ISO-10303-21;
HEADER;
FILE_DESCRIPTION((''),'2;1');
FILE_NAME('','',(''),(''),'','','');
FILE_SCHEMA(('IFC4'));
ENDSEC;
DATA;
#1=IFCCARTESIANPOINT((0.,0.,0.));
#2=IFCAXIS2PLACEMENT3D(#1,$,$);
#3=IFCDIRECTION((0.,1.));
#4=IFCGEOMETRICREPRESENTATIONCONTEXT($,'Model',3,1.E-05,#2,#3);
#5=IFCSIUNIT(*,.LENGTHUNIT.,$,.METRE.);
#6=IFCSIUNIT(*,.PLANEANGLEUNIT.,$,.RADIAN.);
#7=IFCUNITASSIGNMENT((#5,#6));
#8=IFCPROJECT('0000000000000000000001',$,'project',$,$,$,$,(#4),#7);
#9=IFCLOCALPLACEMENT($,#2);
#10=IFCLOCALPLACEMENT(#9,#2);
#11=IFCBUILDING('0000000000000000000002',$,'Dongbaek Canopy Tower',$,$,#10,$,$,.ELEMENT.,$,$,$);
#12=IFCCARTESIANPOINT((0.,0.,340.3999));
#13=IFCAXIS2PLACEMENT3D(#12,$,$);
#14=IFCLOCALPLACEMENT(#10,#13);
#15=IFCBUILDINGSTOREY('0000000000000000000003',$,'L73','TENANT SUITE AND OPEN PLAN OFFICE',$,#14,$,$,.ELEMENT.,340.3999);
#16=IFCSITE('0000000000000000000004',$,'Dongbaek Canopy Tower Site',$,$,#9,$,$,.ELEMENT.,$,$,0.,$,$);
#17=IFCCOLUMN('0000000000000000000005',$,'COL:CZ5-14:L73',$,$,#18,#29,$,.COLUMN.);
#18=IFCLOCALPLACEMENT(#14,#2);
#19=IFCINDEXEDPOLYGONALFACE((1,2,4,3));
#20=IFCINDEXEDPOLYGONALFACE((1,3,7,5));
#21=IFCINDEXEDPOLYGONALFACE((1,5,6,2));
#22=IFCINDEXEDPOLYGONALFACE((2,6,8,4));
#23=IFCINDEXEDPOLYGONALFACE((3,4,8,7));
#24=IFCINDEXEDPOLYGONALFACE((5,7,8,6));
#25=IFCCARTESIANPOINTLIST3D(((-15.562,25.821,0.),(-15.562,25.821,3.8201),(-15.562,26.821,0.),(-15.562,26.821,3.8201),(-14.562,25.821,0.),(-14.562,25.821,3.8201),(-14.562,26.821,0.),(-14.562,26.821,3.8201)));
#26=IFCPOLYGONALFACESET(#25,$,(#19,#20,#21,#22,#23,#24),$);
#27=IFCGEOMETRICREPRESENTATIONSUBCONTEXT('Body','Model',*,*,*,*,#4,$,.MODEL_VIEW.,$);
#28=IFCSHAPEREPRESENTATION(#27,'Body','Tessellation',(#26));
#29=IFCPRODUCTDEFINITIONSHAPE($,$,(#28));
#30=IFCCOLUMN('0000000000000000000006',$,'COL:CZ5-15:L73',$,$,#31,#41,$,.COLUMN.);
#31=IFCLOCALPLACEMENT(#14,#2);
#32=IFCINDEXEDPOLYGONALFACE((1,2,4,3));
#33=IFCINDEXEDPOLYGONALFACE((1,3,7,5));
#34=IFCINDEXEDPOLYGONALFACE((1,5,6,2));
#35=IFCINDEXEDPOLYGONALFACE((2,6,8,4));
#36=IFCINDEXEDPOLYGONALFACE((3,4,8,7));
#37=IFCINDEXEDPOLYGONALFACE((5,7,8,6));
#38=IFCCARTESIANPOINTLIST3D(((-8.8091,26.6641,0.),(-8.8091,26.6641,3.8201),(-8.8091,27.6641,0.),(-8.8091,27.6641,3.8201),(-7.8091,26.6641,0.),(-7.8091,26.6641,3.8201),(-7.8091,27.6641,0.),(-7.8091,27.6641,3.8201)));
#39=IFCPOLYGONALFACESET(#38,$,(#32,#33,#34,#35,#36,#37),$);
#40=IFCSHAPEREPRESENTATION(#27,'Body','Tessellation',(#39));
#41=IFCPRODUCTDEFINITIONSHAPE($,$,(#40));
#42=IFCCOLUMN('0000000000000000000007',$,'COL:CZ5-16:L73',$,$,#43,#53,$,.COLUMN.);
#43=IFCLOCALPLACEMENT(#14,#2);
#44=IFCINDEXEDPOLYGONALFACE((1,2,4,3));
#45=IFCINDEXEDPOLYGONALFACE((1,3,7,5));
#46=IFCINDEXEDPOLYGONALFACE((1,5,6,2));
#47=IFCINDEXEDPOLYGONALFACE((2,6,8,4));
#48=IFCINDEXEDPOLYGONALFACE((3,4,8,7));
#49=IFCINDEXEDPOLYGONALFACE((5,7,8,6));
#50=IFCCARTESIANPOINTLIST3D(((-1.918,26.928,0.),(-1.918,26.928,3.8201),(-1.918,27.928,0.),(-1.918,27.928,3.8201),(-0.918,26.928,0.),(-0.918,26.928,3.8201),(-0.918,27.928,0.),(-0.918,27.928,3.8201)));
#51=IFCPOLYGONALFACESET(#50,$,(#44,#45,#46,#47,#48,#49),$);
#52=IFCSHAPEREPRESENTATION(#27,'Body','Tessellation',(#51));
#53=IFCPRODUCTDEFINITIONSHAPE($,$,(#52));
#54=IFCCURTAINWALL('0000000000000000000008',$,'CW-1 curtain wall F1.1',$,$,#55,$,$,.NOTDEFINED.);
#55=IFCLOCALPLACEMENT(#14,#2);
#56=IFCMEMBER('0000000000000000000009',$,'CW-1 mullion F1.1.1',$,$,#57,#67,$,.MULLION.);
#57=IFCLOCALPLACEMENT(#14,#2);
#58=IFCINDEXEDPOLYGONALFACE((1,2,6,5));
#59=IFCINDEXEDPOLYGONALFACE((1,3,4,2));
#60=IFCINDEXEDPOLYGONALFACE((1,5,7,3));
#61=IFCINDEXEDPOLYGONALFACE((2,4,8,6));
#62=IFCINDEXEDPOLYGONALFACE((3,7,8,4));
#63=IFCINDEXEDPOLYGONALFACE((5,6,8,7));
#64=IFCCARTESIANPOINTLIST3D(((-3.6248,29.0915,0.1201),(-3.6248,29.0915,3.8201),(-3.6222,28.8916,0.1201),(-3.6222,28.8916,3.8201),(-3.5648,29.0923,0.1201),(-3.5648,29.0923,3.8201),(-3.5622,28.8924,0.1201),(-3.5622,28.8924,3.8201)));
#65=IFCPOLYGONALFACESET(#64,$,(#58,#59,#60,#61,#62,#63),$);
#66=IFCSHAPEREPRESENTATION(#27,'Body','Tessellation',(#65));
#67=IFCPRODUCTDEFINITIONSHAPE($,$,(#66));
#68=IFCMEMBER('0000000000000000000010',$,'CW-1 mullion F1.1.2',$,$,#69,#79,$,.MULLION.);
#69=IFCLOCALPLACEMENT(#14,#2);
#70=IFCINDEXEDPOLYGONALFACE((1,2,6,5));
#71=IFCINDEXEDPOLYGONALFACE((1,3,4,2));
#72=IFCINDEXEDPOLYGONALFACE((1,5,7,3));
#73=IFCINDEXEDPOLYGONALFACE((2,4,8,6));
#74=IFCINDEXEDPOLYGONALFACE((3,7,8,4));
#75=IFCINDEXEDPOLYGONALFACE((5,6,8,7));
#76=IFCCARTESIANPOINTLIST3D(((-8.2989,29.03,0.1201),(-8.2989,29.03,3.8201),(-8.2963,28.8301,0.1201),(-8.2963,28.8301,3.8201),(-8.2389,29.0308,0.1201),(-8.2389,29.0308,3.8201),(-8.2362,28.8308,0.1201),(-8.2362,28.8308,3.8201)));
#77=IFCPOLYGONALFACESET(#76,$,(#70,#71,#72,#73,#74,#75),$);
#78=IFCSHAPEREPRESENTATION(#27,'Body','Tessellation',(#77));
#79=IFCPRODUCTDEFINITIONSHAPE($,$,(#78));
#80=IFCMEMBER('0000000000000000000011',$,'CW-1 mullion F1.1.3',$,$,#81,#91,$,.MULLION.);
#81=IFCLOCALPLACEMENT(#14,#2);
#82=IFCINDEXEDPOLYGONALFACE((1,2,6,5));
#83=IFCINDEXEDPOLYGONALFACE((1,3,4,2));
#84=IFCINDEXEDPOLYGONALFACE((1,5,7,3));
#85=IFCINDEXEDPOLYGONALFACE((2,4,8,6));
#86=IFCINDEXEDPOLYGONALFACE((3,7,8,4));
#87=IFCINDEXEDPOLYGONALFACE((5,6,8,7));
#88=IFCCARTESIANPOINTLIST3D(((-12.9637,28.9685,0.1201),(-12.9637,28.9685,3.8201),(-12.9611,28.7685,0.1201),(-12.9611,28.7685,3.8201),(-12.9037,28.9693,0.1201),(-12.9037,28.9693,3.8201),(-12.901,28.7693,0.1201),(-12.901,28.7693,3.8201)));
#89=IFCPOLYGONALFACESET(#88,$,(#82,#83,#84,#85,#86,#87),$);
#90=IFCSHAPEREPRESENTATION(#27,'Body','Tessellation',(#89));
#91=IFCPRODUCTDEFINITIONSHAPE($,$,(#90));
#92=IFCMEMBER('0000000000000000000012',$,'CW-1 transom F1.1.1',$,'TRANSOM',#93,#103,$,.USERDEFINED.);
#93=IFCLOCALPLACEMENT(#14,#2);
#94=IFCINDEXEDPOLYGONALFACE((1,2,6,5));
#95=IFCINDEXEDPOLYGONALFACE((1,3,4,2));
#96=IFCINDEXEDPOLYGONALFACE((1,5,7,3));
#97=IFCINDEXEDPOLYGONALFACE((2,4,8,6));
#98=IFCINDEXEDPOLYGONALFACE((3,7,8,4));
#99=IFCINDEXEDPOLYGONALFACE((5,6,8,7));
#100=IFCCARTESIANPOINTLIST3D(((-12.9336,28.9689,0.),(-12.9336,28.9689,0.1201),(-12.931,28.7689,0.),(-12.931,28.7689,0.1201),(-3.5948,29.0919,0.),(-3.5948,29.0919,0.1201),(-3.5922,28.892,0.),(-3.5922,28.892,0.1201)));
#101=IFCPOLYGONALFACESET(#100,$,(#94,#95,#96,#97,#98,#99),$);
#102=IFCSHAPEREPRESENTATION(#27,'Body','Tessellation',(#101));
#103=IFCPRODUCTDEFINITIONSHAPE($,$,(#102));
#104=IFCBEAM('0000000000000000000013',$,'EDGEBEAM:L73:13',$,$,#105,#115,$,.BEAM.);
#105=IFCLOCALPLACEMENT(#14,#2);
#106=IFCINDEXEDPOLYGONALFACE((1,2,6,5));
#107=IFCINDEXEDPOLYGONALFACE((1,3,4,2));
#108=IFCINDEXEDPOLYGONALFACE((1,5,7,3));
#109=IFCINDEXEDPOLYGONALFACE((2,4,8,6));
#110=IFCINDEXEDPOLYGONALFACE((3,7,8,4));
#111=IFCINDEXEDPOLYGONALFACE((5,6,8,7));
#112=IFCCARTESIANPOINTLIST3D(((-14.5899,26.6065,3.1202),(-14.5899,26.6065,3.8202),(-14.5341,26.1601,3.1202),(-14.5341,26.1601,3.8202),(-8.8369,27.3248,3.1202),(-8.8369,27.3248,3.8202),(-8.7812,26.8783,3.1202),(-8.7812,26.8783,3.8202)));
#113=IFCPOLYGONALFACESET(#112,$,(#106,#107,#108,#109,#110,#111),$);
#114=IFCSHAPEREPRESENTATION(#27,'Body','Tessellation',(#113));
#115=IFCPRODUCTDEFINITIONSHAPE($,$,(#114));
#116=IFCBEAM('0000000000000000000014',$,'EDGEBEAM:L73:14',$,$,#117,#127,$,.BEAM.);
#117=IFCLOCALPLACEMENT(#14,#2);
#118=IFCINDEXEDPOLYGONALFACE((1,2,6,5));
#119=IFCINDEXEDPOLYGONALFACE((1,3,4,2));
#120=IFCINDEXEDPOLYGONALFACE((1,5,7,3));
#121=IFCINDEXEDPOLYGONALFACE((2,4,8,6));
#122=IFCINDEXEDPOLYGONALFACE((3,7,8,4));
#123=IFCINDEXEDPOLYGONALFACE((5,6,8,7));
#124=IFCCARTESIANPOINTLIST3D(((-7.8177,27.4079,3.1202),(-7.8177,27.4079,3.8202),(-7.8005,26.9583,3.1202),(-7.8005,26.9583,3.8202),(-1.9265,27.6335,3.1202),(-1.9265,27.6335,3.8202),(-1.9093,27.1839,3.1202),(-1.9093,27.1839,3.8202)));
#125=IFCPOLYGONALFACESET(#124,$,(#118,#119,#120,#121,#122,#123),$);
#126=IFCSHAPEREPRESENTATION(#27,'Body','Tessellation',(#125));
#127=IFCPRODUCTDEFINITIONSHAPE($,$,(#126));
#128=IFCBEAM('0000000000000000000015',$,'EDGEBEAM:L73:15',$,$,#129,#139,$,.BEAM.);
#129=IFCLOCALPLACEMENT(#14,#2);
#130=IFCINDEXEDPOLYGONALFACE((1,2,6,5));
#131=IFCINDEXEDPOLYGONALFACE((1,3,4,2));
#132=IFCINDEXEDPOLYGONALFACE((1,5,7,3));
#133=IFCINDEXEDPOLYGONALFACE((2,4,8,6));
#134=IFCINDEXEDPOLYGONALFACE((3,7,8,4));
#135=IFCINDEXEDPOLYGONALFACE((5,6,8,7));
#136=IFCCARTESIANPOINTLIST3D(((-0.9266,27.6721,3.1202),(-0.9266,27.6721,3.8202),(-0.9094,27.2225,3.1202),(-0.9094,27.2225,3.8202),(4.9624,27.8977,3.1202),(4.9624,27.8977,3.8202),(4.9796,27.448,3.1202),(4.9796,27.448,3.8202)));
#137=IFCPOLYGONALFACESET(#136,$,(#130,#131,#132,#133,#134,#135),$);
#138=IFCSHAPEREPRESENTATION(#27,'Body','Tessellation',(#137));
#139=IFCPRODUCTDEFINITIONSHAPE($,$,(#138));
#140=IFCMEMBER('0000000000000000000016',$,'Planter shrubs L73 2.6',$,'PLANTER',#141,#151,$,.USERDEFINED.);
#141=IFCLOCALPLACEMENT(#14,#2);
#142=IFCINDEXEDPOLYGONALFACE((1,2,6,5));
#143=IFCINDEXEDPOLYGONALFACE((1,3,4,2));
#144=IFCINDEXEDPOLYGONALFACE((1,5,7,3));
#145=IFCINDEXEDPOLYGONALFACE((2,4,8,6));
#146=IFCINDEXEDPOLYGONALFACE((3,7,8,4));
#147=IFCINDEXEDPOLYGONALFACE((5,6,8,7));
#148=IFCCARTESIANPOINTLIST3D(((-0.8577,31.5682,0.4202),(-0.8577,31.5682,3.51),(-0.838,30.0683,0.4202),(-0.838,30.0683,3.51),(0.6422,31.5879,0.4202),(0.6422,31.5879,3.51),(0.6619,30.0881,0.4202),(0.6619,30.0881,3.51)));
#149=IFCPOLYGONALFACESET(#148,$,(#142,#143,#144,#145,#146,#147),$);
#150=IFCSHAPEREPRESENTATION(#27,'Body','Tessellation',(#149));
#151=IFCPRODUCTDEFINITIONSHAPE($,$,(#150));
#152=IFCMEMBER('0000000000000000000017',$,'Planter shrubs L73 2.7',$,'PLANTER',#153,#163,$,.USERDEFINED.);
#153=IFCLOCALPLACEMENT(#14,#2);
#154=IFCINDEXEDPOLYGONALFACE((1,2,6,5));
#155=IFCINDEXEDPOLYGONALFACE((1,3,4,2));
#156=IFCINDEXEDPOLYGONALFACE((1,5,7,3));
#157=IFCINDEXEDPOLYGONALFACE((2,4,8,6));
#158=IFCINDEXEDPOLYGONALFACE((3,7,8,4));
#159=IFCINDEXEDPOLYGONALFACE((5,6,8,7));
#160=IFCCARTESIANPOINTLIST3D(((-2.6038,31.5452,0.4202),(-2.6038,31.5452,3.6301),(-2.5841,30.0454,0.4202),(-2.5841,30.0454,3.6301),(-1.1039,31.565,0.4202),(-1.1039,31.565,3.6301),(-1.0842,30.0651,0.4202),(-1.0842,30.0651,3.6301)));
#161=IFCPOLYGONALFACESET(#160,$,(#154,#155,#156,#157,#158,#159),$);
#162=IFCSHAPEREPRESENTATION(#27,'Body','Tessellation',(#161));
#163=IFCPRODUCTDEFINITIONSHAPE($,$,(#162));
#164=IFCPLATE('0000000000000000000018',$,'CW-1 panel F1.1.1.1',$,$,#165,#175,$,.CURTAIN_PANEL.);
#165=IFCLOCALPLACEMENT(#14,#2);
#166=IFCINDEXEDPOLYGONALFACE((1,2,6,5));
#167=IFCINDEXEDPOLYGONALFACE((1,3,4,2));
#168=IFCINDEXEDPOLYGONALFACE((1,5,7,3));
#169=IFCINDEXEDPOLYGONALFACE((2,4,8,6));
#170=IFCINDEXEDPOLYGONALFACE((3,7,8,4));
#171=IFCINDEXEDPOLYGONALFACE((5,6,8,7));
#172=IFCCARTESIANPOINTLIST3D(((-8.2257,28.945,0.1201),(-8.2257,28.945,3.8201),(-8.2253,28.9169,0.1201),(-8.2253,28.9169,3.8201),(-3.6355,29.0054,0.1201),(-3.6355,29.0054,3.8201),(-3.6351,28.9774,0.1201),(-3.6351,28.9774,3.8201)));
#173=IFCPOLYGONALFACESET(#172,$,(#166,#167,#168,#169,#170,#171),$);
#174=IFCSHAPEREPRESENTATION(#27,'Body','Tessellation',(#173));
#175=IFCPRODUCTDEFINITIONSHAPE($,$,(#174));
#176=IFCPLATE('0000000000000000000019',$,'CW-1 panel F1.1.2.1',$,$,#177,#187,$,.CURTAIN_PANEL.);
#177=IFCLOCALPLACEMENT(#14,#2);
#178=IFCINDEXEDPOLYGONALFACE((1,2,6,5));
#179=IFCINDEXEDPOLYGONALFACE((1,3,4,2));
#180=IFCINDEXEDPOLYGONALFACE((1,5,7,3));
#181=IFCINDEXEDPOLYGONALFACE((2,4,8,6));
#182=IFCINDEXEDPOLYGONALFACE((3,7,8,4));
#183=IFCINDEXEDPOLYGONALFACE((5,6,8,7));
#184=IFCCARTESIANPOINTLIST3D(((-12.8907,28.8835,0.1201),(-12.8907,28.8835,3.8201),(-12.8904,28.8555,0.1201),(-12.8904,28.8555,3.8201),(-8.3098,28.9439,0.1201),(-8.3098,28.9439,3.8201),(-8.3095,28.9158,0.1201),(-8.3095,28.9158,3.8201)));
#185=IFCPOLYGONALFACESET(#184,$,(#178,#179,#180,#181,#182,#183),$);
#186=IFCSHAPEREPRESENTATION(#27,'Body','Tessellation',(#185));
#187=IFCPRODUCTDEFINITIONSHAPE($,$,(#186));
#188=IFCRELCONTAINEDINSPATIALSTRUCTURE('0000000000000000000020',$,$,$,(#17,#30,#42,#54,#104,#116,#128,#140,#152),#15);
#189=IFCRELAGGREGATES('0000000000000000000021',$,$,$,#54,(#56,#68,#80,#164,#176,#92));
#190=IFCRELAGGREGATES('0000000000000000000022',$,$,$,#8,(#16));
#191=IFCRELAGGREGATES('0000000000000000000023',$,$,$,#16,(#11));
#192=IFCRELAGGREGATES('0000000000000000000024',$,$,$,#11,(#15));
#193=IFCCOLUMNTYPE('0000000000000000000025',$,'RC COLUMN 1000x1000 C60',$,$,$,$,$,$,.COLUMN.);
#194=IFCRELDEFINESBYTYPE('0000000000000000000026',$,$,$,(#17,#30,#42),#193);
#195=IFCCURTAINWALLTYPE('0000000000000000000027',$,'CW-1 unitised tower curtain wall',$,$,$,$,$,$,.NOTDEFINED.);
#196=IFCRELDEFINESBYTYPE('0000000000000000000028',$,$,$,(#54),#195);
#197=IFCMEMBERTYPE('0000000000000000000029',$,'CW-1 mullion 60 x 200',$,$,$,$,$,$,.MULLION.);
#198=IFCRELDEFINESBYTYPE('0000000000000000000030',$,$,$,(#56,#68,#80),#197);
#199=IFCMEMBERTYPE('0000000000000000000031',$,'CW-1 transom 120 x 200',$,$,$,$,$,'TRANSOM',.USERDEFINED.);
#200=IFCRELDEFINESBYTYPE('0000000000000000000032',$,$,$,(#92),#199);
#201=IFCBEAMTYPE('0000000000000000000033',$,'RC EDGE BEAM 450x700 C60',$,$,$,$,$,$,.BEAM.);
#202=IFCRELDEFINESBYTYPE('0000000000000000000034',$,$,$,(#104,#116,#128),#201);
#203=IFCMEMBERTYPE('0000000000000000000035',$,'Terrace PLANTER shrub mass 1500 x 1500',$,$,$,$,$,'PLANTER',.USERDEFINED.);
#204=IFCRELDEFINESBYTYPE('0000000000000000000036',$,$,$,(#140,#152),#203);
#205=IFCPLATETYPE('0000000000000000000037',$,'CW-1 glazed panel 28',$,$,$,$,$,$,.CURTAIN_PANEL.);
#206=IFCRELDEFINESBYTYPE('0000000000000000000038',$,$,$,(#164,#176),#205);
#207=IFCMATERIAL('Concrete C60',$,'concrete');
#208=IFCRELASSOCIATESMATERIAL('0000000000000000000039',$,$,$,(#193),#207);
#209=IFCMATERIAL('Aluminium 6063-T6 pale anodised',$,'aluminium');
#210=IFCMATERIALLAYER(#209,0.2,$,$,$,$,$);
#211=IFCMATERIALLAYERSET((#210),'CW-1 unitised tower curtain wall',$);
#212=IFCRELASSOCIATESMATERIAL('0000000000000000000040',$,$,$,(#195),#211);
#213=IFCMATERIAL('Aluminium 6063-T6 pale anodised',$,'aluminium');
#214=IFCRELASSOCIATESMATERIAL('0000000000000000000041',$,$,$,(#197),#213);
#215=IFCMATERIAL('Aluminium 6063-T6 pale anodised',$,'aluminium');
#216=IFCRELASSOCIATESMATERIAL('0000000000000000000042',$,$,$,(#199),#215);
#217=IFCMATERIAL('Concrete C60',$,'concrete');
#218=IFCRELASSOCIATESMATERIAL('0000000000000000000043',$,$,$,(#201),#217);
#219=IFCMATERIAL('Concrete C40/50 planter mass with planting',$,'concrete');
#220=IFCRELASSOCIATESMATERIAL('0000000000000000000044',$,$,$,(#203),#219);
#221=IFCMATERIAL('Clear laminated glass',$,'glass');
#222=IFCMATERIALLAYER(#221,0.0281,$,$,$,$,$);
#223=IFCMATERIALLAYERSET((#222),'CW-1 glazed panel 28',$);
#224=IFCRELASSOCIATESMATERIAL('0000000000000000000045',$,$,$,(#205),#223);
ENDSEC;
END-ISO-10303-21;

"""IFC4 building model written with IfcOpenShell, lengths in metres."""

from ifc_helpers import new_model, si_unit, direction, frame, origin, origin_2d, place, context, subcontext, project, spatial, rectangle, extrude, material, layer, layer_set, material_profile, profile_set, type_object, element, aggregate, save


model = new_model("IFC4")

# Units and contexts
model_context = context("Model", 3, precision=1e-05, world=origin(), true_north=direction((0.0, 1.0)))
body_context = subcontext(model_context, "Body", "Model", "MODEL_VIEW")
ifc_project = project(units=[si_unit("LENGTHUNIT", "METRE"), si_unit("PLANEANGLEUNIT", "RADIAN")], contexts=[model_context])

# Site, building, storey
site_placement = place(None, origin())
site = spatial("IfcSite", under=ifc_project, at=site_placement, Name="Dongbaek Canopy Tower Site", CompositionType="ELEMENT", RefElevation=0.0)
building_placement = place(site_placement, origin())
building = spatial("IfcBuilding", under=site, at=building_placement, Name="Dongbaek Canopy Tower", CompositionType="ELEMENT")
storey_placement = place(building_placement, frame((0.0, 0.0, 340.3999)))
storey = spatial("IfcBuildingStorey", under=building, at=storey_placement, Name="L73", Description="TENANT SUITE AND OPEN PLAN OFFICE", CompositionType="ELEMENT", Elevation=340.3999)

# Columns
ifc_material_1 = material(Name="Concrete C60", Category="concrete")
ifc_material_profile_1 = material_profile(ifc_material_1, rectangle(XDim=1.0, YDim=1.0, at=origin_2d()), Name="RC COLUMN 1000x1000 C60")
ifc_profile_set_1 = profile_set([ifc_material_profile_1], Name="Concrete C60")
column_type = type_object("IfcColumnType", Name="RC COLUMN 1000x1000 C60", PredefinedType="COLUMN", material=ifc_profile_set_1)
for number, where, z_axis, x_axis, name in (
    (1, (-15.062, 26.321, 0.0), (0.0, 0.0, 1.0), (1.0, 0.0, 0.0), "COL:CZ5-14:L73"),
    (2, (-8.3091, 27.1641, 0.0), (0.0, 0.0, 1.0), (1.0, 0.0, 0.0), "COL:CZ5-15:L73"),
    (3, (-1.418, 27.428, 0.0), (0.0, 0.0, 1.0), (1.0, 0.0, 0.0), "COL:CZ5-16:L73"),
):
    element("IfcColumn", number, at=place(storey_placement, frame(where, z_axis=z_axis, x_axis=x_axis)), inside=storey, type_object=column_type, Name=name, PredefinedType="COLUMN", context=body_context, shape_type="SweptSolid", body=[
        extrude(rectangle(XDim=1.0, YDim=1.0, at=origin_2d()), origin(), (0.0, 0.0, 1.0), 3.8201),
    ])

# Curtain wall, members
ifc_material_2 = material(Name="Aluminium 6063-T6 pale anodised", Category="aluminium")
ifc_layer_1 = layer(ifc_material_2, 0.2)
ifc_layer_set_1 = layer_set([ifc_layer_1], Name="CW-1 unitised tower curtain wall")
curtain_wall_type = type_object("IfcCurtainWallType", Name="CW-1 unitised tower curtain wall", PredefinedType="NOTDEFINED", material=ifc_layer_set_1)
curtain_wall_1_placement = place(storey_placement, origin())
curtain_wall_1 = element("IfcCurtainWall", 4, at=curtain_wall_1_placement, inside=storey, type_object=curtain_wall_type, Name="CW-1 curtain wall F1.1", PredefinedType="NOTDEFINED")
ifc_material_3 = material(Name="Aluminium 6063-T6 pale anodised", Category="aluminium")
ifc_material_profile_2 = material_profile(ifc_material_3, rectangle(XDim=0.2, YDim=0.0601, at=origin_2d()), Name="CW-1 mullion 60 x 200")
ifc_profile_set_2 = profile_set([ifc_material_profile_2], Name="Aluminium 6063-T6 pale anodised")
member_type_1 = type_object("IfcMemberType", Name="CW-1 mullion 60 x 200", PredefinedType="MULLION", material=ifc_profile_set_2)
member_1_placement = place(storey_placement, frame((-3.5935, 28.9919, 0.1201), z_axis=(0.0, 0.0, 1.0), x_axis=(-0.013165, 0.999913, 0.0)))
member_1 = element("IfcMember", 5, at=member_1_placement, type_object=member_type_1, Name="CW-1 mullion F1.1.1", PredefinedType="MULLION", context=body_context, shape_type="SweptSolid", body=[
    extrude(rectangle(XDim=0.2, YDim=0.0601, at=origin_2d()), origin(), (0.0, 0.0, 1.0), 3.7),
])
member_2_placement = place(storey_placement, frame((-8.2676, 28.9304, 0.1201), z_axis=(0.0, 0.0, 1.0), x_axis=(-0.013165, 0.999913, 0.0)))
member_2 = element("IfcMember", 6, at=member_2_placement, type_object=member_type_1, Name="CW-1 mullion F1.1.2", PredefinedType="MULLION", context=body_context, shape_type="SweptSolid", body=[
    extrude(rectangle(XDim=0.2, YDim=0.0601, at=origin_2d()), origin(), (0.0, 0.0, 1.0), 3.7),
])
member_3_placement = place(storey_placement, frame((-12.9324, 28.8689, 0.1201), z_axis=(0.0, 0.0, 1.0), x_axis=(-0.013165, 0.999913, 0.0)))
member_3 = element("IfcMember", 7, at=member_3_placement, type_object=member_type_1, Name="CW-1 mullion F1.1.3", PredefinedType="MULLION", context=body_context, shape_type="SweptSolid", body=[
    extrude(rectangle(XDim=0.2, YDim=0.0601, at=origin_2d()), origin(), (0.0, 0.0, 1.0), 3.7),
])
ifc_material_4 = material(Name="Aluminium 6063-T6 pale anodised", Category="aluminium")
ifc_material_profile_3 = material_profile(ifc_material_4, rectangle(XDim=0.2, YDim=0.1201, at=origin_2d()), Name="CW-1 transom 120 x 200")
ifc_profile_set_3 = profile_set([ifc_material_profile_3], Name="Aluminium 6063-T6 pale anodised")
member_type_2 = type_object("IfcMemberType", Name="CW-1 transom 120 x 200", ElementType="TRANSOM", PredefinedType="USERDEFINED", material=ifc_profile_set_3)
member_4_placement = place(storey_placement, frame((-3.5935, 28.9919, 0.0601), z_axis=(-0.999913, -0.013175, 0.0), x_axis=(0.013175, -0.999913, 0.0)))
member_4 = element("IfcMember", 8, at=member_4_placement, type_object=member_type_2, Name="CW-1 transom F1.1.1", ObjectType="TRANSOM", PredefinedType="USERDEFINED", context=body_context, shape_type="SweptSolid", body=[
    extrude(rectangle(XDim=0.2, YDim=0.1201, at=origin_2d()), origin(), (0.0, 0.0, 1.0), 9.3396),
])

# Beams
ifc_material_5 = material(Name="Concrete C60", Category="concrete")
ifc_material_profile_4 = material_profile(ifc_material_5, rectangle(XDim=0.45, YDim=0.7, at=origin_2d()), Name="RC EDGE BEAM 450x700 C60")
ifc_profile_set_4 = profile_set([ifc_material_profile_4], Name="Concrete C60")
beam_type = type_object("IfcBeamType", Name="RC EDGE BEAM 450x700 C60", PredefinedType="BEAM", material=ifc_profile_set_4)
beam_1_placement = place(storey_placement, frame((-14.562, 26.3833, 3.4702), z_axis=(0.992296, 0.12389, 0.0), x_axis=(-0.12389, 0.992296, 0.0)))
element("IfcBeam", 9, at=beam_1_placement, inside=storey, type_object=beam_type, Name="EDGEBEAM:L73:13", PredefinedType="BEAM", context=body_context, shape_type="SweptSolid", body=[
    extrude(rectangle(XDim=0.45, YDim=0.7, at=origin_2d()), origin(), (0.0, 0.0, 1.0), 5.7976),
])
beam_2_placement = place(storey_placement, frame((-7.8091, 27.1831, 3.4702), z_axis=(0.999268, 0.038265, 0.0), x_axis=(-0.038265, 0.999268, 0.0)))
element("IfcBeam", 10, at=beam_2_placement, inside=storey, type_object=beam_type, Name="EDGEBEAM:L73:14", PredefinedType="BEAM", context=body_context, shape_type="SweptSolid", body=[
    extrude(rectangle(XDim=0.45, YDim=0.7, at=origin_2d()), origin(), (0.0, 0.0, 1.0), 5.8955),
])
beam_3_placement = place(storey_placement, frame((-0.918, 27.4473, 3.4702), z_axis=(0.999267, 0.038279, 0.0), x_axis=(-0.038279, 0.999267, 0.0)))
element("IfcBeam", 11, at=beam_3_placement, inside=storey, type_object=beam_type, Name="EDGEBEAM:L73:15", PredefinedType="BEAM", context=body_context, shape_type="SweptSolid", body=[
    extrude(rectangle(XDim=0.45, YDim=0.7, at=origin_2d()), origin(), (0.0, 0.0, 1.0), 5.8933),
])

# Members
ifc_material_6 = material(Name="Concrete C40/50 planter mass with planting", Category="concrete")
ifc_material_profile_5 = material_profile(ifc_material_6, rectangle(XDim=1.5, YDim=1.5, at=origin_2d()), Name="Terrace PLANTER shrub mass 1500 x 1500")
ifc_profile_set_5 = profile_set([ifc_material_profile_5], Name="Concrete C40/50 planter mass with planting")
member_type_3 = type_object("IfcMemberType", Name="Terrace PLANTER shrub mass 1500 x 1500", ElementType="PLANTER", PredefinedType="USERDEFINED", material=ifc_profile_set_5)
member_5_placement = place(storey_placement, frame((-0.0979, 30.8281, 0.4202), z_axis=(0.0, 0.0, 1.0), x_axis=(-0.013165, 0.999913, 0.0)))
element("IfcMember", 12, at=member_5_placement, inside=storey, type_object=member_type_3, Name="Planter shrubs L73 2.6", ObjectType="PLANTER", PredefinedType="USERDEFINED", context=body_context, shape_type="SweptSolid", body=[
    extrude(rectangle(XDim=1.5, YDim=1.5, at=origin_2d()), origin(), (0.0, 0.0, 1.0), 3.0898),
])
member_6_placement = place(storey_placement, frame((-1.844, 30.8052, 0.4202), z_axis=(0.0, 0.0, 1.0), x_axis=(-0.013165, 0.999913, 0.0)))
element("IfcMember", 13, at=member_6_placement, inside=storey, type_object=member_type_3, Name="Planter shrubs L73 2.7", ObjectType="PLANTER", PredefinedType="USERDEFINED", context=body_context, shape_type="SweptSolid", body=[
    extrude(rectangle(XDim=1.5, YDim=1.5, at=origin_2d()), origin(), (0.0, 0.0, 1.0), 3.21),
])

# Plates
ifc_material_7 = material(Name="Clear laminated glass", Category="glass")
ifc_layer_2 = layer(ifc_material_7, 0.0281)
ifc_layer_set_2 = layer_set([ifc_layer_2], Name="CW-1 glazed panel 28")
plate_type = type_object("IfcPlateType", Name="CW-1 glazed panel 28", PredefinedType="CURTAIN_PANEL", material=ifc_layer_set_2)
plate_1_placement = place(storey_placement, frame((-5.9304, 28.9612, 0.1201), z_axis=(0.0, 0.0, 1.0), x_axis=(-0.999913, -0.013165, 0.0)))
plate_1 = element("IfcPlate", 14, at=plate_1_placement, type_object=plate_type, Name="CW-1 panel F1.1.1.1", PredefinedType="CURTAIN_PANEL", context=body_context, shape_type="SweptSolid", body=[
    extrude(rectangle(XDim=4.5906, YDim=0.0281, at=origin_2d()), origin(), (0.0, 0.0, 1.0), 3.7),
])
plate_2_placement = place(storey_placement, frame((-10.6001, 28.8997, 0.1201), z_axis=(0.0, 0.0, 1.0), x_axis=(-0.999913, -0.013165, 0.0)))
plate_2 = element("IfcPlate", 15, at=plate_2_placement, type_object=plate_type, Name="CW-1 panel F1.1.2.1", PredefinedType="CURTAIN_PANEL", context=body_context, shape_type="SweptSolid", body=[
    extrude(rectangle(XDim=4.5813, YDim=0.0281, at=origin_2d()), origin(), (0.0, 0.0, 1.0), 3.7),
])

aggregate(curtain_wall_1, [member_1, member_2, member_3, plate_1, plate_2, member_4])

save(model, "model.ifc")
